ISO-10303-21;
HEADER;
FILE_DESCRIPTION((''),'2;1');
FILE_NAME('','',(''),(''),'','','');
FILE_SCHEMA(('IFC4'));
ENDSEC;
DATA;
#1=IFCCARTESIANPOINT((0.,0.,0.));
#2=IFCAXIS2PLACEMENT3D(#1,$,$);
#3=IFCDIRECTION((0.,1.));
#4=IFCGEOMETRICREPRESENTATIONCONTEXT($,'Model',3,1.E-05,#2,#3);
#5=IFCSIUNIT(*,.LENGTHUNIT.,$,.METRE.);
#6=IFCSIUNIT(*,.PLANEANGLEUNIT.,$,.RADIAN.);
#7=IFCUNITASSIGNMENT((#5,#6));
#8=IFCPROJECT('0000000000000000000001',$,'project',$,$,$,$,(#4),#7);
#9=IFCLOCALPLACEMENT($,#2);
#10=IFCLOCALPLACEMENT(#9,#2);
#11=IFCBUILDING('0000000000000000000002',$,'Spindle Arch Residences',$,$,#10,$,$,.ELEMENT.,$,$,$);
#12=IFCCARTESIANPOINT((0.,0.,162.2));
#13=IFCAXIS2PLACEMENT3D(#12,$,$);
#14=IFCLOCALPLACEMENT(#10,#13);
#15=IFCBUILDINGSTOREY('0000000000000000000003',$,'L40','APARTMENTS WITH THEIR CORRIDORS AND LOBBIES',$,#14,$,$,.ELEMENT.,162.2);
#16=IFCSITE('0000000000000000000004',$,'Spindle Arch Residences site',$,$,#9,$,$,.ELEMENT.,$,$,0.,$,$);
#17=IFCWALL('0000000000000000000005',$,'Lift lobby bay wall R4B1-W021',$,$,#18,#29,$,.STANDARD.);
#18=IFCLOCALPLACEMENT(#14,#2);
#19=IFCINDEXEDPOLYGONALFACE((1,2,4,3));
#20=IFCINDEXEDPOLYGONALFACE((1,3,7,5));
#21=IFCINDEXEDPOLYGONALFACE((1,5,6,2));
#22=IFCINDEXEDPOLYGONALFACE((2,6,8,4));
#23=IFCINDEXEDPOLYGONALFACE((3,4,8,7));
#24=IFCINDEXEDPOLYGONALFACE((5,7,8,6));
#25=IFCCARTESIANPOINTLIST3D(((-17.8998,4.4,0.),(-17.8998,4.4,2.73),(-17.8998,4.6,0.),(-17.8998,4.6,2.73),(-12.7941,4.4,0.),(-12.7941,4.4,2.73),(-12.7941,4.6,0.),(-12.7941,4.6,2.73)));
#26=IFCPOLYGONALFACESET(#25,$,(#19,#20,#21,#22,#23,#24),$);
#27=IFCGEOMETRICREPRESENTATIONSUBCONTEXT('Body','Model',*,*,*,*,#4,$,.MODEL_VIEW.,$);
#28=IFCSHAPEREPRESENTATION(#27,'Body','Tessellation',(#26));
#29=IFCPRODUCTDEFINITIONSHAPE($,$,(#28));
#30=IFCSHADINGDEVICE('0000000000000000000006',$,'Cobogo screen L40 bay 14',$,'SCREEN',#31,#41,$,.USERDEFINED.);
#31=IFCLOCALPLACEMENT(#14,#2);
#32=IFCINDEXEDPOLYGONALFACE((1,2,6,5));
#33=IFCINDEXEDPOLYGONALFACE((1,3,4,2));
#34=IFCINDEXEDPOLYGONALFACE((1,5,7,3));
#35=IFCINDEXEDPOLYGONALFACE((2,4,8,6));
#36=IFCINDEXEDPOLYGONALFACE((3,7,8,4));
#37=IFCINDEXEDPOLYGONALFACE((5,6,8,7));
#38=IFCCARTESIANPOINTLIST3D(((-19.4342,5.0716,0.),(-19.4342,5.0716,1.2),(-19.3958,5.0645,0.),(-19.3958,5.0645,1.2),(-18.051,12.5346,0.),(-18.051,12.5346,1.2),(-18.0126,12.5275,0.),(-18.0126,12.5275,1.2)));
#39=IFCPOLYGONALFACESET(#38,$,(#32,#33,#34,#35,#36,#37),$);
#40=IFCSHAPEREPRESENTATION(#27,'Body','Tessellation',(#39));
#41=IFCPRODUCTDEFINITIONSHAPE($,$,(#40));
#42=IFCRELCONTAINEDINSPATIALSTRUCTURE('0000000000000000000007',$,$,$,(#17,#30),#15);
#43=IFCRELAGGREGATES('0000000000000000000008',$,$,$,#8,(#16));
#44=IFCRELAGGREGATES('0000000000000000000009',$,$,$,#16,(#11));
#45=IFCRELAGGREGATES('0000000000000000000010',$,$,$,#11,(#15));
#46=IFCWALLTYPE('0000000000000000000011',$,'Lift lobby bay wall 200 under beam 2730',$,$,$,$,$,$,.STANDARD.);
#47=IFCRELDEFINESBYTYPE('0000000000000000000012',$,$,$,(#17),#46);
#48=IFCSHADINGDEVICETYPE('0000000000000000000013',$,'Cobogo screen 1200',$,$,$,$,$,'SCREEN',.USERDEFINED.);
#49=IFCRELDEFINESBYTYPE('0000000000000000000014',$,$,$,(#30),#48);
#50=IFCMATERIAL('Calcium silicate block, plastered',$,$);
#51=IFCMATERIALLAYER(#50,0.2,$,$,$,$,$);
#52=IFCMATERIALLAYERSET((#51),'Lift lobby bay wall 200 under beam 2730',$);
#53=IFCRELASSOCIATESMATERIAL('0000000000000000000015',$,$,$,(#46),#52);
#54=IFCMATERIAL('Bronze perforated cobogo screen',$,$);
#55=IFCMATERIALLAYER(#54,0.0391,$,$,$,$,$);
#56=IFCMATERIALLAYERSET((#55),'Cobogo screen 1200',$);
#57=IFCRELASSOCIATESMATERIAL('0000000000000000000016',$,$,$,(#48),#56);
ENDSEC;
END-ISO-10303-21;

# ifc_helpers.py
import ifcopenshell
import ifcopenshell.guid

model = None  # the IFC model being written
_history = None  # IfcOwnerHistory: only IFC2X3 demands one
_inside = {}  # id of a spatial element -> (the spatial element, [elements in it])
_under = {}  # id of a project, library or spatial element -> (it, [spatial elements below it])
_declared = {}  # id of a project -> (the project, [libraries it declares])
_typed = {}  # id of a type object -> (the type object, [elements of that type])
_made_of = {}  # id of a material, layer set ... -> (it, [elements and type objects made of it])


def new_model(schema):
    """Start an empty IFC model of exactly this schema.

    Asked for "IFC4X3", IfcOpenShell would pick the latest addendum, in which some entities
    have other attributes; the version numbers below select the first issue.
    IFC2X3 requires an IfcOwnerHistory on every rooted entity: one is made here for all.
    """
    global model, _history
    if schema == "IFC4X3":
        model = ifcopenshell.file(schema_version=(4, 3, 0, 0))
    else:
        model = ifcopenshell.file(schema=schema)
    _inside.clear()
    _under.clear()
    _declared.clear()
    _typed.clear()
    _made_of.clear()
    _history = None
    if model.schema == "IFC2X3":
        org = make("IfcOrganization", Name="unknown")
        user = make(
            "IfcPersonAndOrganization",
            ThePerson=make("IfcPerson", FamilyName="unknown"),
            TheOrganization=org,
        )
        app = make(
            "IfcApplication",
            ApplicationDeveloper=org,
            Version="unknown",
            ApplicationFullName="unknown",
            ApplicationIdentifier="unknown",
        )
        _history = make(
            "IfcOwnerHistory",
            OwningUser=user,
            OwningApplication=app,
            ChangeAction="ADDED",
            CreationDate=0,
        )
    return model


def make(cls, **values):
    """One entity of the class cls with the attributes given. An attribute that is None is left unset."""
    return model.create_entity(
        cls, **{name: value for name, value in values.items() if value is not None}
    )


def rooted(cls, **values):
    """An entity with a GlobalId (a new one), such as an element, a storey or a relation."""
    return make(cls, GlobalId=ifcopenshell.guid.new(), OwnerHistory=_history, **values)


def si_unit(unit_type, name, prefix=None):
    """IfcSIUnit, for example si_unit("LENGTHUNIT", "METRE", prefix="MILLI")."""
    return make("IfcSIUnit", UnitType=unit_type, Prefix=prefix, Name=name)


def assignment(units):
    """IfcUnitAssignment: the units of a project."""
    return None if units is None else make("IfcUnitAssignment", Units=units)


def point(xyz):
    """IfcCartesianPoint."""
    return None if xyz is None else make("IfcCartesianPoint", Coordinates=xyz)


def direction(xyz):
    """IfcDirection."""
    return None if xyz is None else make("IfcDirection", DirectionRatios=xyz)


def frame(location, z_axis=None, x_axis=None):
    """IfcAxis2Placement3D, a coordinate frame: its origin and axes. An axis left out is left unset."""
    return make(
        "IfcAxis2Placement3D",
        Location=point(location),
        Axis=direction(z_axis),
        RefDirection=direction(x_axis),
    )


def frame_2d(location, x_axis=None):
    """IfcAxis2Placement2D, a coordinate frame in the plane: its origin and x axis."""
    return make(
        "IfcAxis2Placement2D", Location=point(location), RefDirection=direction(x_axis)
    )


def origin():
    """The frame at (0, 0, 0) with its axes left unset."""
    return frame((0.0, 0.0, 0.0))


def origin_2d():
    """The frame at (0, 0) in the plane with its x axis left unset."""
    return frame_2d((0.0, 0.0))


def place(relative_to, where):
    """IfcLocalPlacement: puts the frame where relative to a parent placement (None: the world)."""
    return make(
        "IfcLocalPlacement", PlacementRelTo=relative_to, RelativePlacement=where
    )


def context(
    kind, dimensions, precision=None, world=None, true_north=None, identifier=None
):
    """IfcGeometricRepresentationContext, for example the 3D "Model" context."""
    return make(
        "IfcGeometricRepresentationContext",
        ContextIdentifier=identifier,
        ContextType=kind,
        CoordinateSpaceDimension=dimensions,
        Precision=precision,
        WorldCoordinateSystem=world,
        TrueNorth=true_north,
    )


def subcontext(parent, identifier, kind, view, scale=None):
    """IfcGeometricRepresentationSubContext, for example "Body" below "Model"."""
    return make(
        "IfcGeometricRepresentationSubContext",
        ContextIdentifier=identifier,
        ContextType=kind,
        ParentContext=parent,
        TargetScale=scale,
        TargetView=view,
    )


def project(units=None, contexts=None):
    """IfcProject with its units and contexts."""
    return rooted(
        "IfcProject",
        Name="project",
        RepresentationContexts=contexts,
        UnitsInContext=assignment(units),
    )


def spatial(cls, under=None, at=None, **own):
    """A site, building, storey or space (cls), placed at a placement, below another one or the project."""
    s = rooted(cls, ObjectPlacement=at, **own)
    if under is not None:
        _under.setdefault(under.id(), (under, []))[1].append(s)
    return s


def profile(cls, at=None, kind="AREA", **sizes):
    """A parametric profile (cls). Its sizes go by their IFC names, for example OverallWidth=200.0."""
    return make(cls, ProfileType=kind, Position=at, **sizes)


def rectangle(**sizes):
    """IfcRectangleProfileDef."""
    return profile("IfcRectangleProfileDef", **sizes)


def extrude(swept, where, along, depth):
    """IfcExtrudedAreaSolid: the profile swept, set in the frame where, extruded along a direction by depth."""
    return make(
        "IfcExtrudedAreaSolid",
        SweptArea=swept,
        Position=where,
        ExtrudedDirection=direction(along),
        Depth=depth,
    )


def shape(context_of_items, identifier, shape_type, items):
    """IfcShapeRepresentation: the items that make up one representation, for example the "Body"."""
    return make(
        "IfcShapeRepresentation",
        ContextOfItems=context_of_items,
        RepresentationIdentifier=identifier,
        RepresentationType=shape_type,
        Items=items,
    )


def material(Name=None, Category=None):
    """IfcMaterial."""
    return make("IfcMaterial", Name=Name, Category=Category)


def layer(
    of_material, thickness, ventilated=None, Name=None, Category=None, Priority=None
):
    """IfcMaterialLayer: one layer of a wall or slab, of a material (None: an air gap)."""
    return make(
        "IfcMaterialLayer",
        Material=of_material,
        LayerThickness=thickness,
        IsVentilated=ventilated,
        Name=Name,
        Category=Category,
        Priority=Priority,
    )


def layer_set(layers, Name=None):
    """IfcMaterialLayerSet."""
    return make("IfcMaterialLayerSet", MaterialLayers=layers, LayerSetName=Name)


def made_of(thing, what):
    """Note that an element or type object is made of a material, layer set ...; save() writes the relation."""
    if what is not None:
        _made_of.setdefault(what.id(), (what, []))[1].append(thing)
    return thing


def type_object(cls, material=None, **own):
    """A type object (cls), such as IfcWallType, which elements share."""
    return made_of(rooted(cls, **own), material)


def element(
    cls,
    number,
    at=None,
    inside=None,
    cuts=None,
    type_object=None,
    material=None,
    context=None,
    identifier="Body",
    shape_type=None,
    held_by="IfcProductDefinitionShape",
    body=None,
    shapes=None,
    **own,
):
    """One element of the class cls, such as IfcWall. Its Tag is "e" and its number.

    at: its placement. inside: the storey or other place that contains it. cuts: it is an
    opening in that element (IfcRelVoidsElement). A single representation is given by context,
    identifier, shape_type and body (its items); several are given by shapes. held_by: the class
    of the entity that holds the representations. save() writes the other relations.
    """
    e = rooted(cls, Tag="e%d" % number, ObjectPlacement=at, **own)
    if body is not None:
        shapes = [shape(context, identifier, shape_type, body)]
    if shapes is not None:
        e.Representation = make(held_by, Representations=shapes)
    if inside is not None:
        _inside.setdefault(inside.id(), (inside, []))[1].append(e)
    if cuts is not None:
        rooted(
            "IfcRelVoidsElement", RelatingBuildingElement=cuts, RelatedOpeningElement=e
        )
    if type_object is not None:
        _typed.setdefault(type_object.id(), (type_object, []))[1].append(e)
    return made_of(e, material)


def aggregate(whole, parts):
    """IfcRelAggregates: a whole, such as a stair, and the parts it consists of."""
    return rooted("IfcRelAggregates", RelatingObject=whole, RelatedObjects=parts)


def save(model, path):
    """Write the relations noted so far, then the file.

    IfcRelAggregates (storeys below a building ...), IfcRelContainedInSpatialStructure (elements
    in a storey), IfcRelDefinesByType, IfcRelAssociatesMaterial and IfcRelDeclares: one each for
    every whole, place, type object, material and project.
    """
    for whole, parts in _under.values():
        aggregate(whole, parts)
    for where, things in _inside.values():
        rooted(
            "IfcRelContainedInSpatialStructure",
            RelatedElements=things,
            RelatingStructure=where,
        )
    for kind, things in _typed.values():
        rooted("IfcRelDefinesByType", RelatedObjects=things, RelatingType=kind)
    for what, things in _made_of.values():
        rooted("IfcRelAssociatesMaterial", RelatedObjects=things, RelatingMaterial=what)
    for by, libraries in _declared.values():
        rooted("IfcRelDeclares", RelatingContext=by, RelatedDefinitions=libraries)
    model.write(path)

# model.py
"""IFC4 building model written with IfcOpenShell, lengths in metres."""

from ifc_helpers import new_model, si_unit, direction, frame, frame_2d, origin, origin_2d, place, context, subcontext, project, spatial, rectangle, extrude, material, layer, layer_set, type_object, element, save


model = new_model("IFC4")

# Units and contexts
model_context = context("Model", 3, precision=1e-05, world=origin(), true_north=direction((0.0, 1.0)))
body_context = subcontext(model_context, "Body", "Model", "MODEL_VIEW")
ifc_project = project(units=[si_unit("LENGTHUNIT", "METRE"), si_unit("PLANEANGLEUNIT", "RADIAN")], contexts=[model_context])

# Site, building, storey
site_placement = place(None, origin())
site = spatial("IfcSite", under=ifc_project, at=site_placement, Name="Spindle Arch Residences site", CompositionType="ELEMENT", RefElevation=0.0)
building_placement = place(site_placement, origin())
building = spatial("IfcBuilding", under=site, at=building_placement, Name="Spindle Arch Residences", CompositionType="ELEMENT")
storey_placement = place(building_placement, frame((0.0, 0.0, 162.2)))
storey = spatial("IfcBuildingStorey", under=building, at=storey_placement, Name="L40", Description="APARTMENTS WITH THEIR CORRIDORS AND LOBBIES", CompositionType="ELEMENT", Elevation=162.2)

# Wall
ifc_material_1 = material(Name="Calcium silicate block, plastered")
ifc_layer_1 = layer(ifc_material_1, 0.2)
ifc_layer_set_1 = layer_set([ifc_layer_1], Name="Lift lobby bay wall 200 under beam 2730")
wall_type_1 = type_object("IfcWallType", Name="Lift lobby bay wall 200 under beam 2730", PredefinedType="STANDARD", material=ifc_layer_set_1)
wall_1_placement = place(storey_placement, frame((-12.7942, 4.5, 0.0), z_axis=(0.0, 0.0, 1.0), x_axis=(-1.0, 0.0, 0.0)))
element("IfcWall", 1, at=wall_1_placement, inside=storey, type_object=wall_type_1, Name="Lift lobby bay wall R4B1-W021", PredefinedType="STANDARD", context=body_context, shape_type="SweptSolid", body=[
    extrude(rectangle(XDim=5.1057, YDim=0.2, at=frame_2d((2.5527, 0.0))), origin(), (0.0, 0.0, 1.0), 2.73),
])

# Shading device
ifc_material_2 = material(Name="Bronze perforated cobogo screen")
ifc_layer_2 = layer(ifc_material_2, 0.0391)
ifc_layer_set_2 = layer_set([ifc_layer_2], Name="Cobogo screen 1200")
shading_device_type = type_object("IfcShadingDeviceType", Name="Cobogo screen 1200", ElementType="SCREEN", PredefinedType="USERDEFINED", material=ifc_layer_set_2)
shading_device_placement = place(storey_placement, frame((-18.7234, 8.7996, 0.0), z_axis=(0.0, 0.0, 1.0), x_axis=(-0.182236, -0.983255, 0.0)))
element("IfcShadingDevice", 2, at=shading_device_placement, inside=storey, type_object=shading_device_type, Name="Cobogo screen L40 bay 14", ObjectType="SCREEN", PredefinedType="USERDEFINED", context=body_context, shape_type="SweptSolid", body=[
    extrude(rectangle(XDim=7.5901, YDim=0.0391, at=origin_2d()), origin(), (0.0, 0.0, 1.0), 1.2),
])

save(model, "model.ifc")
